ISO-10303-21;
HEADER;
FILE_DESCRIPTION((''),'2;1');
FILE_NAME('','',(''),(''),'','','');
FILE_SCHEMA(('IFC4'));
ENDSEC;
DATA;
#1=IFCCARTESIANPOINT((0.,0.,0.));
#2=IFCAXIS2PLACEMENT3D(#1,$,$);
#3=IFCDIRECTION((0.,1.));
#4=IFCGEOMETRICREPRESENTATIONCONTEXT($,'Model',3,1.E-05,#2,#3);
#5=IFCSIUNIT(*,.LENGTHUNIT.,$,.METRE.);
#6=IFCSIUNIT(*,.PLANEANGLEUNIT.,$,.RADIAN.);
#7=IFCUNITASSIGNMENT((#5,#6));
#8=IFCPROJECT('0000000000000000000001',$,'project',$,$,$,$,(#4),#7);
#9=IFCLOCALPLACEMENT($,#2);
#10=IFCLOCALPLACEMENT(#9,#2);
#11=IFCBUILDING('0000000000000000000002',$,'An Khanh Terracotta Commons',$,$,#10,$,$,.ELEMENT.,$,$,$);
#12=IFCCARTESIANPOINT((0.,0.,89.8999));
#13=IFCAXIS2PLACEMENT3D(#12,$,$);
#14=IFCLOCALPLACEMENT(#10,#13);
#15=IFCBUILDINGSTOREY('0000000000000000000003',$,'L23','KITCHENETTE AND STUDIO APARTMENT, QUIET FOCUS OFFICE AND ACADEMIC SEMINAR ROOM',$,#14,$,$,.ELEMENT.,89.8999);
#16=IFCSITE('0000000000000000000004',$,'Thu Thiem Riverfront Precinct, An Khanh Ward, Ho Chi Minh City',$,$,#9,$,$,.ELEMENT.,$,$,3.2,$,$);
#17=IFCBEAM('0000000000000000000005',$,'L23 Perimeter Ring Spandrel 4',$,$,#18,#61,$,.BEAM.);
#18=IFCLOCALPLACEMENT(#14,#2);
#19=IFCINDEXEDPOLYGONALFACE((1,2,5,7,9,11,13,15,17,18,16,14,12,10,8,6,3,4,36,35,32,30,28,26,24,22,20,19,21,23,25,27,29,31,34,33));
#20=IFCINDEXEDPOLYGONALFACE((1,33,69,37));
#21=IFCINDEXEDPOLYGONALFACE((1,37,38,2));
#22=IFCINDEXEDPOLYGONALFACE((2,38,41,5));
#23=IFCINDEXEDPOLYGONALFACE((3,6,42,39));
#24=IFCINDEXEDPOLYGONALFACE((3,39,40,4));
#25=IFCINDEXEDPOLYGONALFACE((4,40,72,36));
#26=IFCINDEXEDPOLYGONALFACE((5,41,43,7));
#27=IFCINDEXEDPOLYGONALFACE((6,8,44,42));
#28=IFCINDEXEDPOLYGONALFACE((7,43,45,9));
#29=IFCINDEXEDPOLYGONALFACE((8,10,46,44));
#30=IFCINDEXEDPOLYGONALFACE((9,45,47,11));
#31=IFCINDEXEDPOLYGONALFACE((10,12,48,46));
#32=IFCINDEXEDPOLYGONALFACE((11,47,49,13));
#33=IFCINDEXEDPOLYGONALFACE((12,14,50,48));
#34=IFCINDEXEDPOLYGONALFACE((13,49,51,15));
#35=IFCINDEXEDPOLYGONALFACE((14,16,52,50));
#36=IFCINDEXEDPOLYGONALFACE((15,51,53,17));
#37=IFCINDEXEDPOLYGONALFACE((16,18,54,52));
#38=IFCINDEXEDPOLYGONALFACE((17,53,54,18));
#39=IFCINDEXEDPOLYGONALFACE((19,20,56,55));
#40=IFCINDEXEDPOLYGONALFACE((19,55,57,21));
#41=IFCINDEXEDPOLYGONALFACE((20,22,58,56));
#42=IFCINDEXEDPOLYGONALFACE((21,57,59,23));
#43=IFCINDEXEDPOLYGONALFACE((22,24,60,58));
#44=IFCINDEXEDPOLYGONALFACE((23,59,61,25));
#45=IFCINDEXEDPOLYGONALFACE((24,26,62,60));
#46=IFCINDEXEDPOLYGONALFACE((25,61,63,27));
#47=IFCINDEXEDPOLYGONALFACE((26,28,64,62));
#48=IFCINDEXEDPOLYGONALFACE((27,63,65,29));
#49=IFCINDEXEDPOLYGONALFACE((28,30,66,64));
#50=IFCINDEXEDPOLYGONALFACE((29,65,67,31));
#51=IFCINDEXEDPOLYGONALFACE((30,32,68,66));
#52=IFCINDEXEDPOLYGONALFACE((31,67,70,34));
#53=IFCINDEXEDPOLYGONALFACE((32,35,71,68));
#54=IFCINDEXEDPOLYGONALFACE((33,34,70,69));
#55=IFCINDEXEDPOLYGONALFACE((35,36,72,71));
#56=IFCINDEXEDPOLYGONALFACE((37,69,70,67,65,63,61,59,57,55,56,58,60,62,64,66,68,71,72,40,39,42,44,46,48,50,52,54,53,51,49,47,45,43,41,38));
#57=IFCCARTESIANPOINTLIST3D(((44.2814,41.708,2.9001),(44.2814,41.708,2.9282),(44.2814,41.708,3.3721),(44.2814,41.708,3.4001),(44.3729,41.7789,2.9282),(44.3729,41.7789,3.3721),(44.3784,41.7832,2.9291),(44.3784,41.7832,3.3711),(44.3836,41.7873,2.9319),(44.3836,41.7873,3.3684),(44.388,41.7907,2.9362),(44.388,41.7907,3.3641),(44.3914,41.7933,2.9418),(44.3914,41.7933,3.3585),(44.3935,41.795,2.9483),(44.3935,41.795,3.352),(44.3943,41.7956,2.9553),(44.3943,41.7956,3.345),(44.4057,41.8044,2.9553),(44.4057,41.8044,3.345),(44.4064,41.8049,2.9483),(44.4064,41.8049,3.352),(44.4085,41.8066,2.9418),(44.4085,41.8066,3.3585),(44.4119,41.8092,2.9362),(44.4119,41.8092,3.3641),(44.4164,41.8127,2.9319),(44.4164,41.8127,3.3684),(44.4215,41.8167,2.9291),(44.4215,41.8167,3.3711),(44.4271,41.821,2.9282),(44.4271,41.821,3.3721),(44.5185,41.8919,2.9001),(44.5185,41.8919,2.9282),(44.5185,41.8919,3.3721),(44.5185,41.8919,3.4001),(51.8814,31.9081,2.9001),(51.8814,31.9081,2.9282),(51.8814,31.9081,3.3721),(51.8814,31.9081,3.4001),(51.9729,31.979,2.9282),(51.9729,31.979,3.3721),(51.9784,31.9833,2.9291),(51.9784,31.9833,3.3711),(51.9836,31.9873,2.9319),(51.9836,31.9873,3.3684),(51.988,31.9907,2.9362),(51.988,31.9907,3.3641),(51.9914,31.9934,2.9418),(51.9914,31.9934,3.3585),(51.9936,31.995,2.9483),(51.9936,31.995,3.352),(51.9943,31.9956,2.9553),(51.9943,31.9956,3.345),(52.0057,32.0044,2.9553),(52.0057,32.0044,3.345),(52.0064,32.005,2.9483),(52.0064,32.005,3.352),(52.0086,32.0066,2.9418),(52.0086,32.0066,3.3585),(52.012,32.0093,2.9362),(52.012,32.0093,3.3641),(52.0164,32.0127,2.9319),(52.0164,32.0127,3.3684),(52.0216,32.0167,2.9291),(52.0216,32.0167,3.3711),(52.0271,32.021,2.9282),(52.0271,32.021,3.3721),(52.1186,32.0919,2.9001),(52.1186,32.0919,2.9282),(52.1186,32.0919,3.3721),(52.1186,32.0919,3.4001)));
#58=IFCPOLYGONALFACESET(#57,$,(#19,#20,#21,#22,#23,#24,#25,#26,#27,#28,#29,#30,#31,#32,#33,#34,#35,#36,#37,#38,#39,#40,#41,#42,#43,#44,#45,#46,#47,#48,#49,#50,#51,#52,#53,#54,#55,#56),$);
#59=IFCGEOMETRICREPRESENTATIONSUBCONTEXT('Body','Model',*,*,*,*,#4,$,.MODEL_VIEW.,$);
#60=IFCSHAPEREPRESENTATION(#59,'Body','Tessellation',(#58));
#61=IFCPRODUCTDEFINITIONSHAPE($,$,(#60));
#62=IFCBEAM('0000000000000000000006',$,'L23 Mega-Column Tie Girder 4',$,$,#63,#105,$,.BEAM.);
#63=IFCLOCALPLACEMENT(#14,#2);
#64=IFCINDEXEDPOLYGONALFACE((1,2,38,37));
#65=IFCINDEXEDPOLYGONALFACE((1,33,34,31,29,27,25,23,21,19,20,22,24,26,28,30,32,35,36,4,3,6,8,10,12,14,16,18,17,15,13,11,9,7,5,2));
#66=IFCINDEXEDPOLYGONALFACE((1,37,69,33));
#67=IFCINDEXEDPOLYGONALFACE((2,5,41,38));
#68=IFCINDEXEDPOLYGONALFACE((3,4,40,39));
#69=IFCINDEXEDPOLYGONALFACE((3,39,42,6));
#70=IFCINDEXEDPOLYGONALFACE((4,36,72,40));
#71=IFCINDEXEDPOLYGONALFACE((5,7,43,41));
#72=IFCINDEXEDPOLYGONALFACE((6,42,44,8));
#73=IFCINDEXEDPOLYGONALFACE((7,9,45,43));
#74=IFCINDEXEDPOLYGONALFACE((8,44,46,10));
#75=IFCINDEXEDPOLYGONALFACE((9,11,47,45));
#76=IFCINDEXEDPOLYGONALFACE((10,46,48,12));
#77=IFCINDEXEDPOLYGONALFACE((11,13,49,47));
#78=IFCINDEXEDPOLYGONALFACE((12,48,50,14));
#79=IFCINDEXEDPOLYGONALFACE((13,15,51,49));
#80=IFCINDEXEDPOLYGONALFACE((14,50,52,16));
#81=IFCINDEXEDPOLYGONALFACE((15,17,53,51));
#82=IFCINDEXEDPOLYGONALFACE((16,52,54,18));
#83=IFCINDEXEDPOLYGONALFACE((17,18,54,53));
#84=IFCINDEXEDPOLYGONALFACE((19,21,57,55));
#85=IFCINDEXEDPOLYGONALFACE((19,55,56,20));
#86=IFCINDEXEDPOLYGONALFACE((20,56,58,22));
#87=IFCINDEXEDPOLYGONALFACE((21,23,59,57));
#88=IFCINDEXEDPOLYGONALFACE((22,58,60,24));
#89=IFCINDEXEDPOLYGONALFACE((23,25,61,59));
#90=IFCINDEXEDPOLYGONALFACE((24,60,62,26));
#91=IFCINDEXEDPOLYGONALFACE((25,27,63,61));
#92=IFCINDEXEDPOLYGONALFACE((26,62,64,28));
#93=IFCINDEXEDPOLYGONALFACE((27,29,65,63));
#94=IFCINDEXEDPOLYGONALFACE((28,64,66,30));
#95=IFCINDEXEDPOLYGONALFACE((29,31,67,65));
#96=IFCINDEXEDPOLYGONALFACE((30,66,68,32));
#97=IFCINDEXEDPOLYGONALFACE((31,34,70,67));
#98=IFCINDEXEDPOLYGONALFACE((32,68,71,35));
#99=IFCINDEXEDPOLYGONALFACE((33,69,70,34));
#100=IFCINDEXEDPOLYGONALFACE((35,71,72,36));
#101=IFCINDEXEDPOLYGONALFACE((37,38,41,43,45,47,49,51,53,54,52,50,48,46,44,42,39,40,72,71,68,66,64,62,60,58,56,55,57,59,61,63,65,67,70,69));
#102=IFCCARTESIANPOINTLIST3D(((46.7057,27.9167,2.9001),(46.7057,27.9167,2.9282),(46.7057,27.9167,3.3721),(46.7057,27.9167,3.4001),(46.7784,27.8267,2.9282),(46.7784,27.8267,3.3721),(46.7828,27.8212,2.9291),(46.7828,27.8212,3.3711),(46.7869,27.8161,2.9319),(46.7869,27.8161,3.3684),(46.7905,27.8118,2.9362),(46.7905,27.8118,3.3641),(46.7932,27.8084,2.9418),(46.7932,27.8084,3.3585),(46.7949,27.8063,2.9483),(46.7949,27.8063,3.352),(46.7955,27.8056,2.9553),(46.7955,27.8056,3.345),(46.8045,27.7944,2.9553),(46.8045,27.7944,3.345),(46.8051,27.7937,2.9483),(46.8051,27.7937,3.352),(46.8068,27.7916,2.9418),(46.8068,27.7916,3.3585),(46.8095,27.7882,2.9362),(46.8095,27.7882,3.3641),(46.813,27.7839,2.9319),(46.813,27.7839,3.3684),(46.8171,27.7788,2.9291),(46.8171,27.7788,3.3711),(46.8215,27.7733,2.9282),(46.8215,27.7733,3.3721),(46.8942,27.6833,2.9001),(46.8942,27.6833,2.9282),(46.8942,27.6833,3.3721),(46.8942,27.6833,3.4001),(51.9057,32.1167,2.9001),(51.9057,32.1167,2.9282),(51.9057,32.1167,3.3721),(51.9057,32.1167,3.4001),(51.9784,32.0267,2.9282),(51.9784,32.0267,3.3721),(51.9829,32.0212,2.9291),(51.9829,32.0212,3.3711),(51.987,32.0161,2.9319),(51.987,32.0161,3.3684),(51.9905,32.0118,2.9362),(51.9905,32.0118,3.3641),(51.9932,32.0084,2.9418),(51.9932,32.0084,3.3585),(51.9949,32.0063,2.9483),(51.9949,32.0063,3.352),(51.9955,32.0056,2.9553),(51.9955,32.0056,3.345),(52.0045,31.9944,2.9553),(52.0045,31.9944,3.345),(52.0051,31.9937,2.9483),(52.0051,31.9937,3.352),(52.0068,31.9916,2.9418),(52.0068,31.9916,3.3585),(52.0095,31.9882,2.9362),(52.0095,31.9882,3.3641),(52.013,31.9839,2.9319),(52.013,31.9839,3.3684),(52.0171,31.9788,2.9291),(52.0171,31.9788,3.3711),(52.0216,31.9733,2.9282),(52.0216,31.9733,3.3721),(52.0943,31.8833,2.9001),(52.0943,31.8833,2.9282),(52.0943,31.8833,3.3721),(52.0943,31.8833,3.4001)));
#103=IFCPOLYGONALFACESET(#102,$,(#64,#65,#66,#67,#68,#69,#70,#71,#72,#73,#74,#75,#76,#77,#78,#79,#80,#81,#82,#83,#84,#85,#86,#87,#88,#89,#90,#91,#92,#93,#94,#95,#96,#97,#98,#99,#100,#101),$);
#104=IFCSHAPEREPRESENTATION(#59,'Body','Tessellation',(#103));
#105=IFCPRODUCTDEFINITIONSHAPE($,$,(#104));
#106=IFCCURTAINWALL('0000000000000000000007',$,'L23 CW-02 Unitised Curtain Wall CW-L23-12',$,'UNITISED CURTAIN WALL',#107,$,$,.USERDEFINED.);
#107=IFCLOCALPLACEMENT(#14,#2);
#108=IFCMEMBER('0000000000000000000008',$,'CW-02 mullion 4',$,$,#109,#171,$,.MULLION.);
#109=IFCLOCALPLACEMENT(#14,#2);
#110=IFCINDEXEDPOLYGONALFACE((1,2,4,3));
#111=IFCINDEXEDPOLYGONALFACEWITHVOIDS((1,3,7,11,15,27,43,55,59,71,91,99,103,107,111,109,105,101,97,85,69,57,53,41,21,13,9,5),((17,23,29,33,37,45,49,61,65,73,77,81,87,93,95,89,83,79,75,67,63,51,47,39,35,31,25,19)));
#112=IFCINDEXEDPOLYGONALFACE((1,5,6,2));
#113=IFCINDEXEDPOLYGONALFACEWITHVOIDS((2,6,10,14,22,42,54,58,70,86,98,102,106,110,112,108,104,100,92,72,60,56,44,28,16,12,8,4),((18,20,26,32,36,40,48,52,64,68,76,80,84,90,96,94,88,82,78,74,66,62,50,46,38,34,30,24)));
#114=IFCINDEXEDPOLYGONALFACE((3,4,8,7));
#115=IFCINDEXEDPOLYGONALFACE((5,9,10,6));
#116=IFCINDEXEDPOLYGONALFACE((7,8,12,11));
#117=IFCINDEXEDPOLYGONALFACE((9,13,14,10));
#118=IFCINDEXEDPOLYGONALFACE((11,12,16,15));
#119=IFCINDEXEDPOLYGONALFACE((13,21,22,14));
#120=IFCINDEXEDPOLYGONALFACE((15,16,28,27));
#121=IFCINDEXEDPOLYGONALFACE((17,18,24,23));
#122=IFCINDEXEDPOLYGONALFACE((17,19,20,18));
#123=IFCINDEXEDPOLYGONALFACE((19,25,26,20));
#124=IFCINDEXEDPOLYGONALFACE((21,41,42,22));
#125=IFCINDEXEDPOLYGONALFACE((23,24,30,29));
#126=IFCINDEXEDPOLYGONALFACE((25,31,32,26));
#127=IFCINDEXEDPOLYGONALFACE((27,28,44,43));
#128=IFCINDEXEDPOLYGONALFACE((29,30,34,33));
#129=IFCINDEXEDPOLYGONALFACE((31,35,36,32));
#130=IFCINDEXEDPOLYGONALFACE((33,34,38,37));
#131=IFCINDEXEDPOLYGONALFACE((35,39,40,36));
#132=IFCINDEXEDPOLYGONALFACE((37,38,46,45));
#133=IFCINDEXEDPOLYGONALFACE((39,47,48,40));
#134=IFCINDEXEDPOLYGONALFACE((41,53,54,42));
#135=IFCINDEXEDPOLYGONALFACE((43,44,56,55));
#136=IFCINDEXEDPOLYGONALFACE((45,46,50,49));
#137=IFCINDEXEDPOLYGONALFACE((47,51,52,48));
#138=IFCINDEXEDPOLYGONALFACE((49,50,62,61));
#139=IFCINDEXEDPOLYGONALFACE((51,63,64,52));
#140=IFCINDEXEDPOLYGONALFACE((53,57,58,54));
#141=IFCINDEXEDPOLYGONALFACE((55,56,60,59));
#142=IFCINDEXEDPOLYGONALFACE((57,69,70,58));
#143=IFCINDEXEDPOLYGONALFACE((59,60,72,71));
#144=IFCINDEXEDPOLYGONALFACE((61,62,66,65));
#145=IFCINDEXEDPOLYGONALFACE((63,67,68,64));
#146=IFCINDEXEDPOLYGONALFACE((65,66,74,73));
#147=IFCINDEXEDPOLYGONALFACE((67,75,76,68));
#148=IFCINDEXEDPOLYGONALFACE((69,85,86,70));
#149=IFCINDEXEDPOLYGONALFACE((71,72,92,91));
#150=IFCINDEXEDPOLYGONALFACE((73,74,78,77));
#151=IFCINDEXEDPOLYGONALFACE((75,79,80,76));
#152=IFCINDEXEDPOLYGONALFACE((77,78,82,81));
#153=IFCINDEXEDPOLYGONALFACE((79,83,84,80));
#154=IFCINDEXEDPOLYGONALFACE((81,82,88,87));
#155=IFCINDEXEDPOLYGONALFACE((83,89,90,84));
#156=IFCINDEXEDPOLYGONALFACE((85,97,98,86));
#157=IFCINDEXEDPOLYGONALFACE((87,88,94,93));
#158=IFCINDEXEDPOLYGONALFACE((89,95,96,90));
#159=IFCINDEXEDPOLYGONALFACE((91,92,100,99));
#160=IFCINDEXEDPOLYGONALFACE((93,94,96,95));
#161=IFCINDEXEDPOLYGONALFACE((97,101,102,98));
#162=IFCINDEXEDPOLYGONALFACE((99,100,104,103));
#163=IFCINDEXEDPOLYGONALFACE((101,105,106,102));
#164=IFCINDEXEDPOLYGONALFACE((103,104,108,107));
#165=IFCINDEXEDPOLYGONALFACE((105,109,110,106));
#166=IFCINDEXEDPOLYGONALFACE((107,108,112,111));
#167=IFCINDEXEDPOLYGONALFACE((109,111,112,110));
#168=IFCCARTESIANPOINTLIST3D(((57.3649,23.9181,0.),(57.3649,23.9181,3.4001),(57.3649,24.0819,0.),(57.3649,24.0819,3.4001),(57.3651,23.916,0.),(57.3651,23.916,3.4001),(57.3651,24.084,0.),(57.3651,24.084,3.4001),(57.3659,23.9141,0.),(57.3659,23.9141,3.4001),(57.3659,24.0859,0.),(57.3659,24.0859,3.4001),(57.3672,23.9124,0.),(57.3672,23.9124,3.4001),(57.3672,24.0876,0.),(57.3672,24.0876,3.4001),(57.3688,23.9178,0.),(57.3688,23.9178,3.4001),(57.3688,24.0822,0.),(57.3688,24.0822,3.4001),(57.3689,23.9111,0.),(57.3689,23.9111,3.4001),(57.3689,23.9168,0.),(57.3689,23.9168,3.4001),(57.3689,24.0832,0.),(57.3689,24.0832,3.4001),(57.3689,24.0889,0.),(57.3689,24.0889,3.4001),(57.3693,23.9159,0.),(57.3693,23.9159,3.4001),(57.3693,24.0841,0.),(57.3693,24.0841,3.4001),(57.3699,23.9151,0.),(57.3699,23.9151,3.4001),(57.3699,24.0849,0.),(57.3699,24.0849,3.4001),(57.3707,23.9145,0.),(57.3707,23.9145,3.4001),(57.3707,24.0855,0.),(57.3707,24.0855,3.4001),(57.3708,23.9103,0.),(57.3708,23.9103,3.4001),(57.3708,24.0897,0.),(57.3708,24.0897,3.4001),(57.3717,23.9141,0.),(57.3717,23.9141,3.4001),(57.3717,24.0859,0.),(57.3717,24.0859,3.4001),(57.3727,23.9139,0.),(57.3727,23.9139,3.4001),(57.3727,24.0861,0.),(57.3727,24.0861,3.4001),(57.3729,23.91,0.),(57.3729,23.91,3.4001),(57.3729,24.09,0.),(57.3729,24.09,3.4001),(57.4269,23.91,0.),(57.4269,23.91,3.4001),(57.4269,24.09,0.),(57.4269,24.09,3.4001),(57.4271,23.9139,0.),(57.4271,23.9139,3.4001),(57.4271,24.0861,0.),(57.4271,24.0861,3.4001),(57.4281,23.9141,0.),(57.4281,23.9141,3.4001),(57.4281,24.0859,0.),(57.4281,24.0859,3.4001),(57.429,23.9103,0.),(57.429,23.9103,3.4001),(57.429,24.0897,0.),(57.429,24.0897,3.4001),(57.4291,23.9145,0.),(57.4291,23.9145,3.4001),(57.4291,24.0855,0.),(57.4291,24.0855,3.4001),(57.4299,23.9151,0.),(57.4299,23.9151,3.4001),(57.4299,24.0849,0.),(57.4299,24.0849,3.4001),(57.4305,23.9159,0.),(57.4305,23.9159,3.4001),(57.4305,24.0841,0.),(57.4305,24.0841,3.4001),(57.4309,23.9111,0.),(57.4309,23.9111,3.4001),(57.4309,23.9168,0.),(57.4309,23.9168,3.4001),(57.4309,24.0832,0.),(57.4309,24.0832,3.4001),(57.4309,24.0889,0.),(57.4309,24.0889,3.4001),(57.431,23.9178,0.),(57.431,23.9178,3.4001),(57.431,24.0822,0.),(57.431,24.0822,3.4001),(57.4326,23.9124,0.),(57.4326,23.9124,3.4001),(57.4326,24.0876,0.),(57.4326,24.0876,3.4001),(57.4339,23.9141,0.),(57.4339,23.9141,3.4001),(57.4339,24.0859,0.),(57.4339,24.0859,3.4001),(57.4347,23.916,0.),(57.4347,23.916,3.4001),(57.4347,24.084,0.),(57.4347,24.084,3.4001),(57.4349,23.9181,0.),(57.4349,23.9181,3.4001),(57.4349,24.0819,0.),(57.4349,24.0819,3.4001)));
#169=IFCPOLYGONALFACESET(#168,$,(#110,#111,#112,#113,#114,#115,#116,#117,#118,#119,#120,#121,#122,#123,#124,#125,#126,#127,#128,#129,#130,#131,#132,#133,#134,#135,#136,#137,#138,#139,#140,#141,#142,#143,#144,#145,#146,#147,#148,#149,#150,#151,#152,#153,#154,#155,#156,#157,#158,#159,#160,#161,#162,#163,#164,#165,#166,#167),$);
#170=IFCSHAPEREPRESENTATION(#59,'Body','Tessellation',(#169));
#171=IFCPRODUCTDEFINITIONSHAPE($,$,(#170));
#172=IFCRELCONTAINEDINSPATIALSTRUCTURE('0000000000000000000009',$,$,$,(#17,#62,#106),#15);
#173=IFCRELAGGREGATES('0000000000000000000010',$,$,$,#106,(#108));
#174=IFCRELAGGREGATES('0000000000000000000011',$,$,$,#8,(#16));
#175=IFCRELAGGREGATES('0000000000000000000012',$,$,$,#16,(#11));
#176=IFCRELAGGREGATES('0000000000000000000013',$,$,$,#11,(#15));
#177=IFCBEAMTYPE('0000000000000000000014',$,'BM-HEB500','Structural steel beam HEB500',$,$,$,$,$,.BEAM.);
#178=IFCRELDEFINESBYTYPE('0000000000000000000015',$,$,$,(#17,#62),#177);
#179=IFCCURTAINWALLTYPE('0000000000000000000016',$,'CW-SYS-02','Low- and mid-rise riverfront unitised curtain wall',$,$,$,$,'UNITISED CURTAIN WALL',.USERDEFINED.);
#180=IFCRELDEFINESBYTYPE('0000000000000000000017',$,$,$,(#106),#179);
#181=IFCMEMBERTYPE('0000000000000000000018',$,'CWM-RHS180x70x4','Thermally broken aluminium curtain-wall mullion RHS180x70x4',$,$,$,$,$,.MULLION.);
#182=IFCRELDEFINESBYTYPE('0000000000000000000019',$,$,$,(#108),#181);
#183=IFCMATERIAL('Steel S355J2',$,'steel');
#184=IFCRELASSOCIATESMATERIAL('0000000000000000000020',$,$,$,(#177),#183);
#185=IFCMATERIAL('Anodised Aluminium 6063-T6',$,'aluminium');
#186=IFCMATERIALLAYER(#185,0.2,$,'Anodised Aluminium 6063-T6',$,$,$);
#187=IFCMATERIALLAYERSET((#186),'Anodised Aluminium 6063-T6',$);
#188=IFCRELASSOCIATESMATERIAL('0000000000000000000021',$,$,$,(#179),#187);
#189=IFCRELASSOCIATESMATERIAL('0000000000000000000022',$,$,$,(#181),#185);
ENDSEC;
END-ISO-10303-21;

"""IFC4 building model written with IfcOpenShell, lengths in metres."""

from ifc_helpers import new_model, si_unit, direction, frame, origin, origin_2d, place, context, subcontext, project, spatial, hollow_rectangle, i_section, extrude, material, layer, layer_set, material_profile, profile_set, type_object, element, aggregate, save


model = new_model("IFC4")

# Units and contexts
model_context = context("Model", 3, precision=1e-05, world=origin(), true_north=direction((0.0, 1.0)))
body_context = subcontext(model_context, "Body", "Model", "MODEL_VIEW")
ifc_project = project(units=[si_unit("LENGTHUNIT", "METRE"), si_unit("PLANEANGLEUNIT", "RADIAN")], contexts=[model_context])

# Site, building, storey
site_placement = place(None, origin())
site = spatial("IfcSite", under=ifc_project, at=site_placement, Name="Thu Thiem Riverfront Precinct, An Khanh Ward, Ho Chi Minh City", CompositionType="ELEMENT", RefElevation=3.2)
building_placement = place(site_placement, origin())
building = spatial("IfcBuilding", under=site, at=building_placement, Name="An Khanh Terracotta Commons", CompositionType="ELEMENT")
storey_placement = place(building_placement, frame((0.0, 0.0, 89.8999)))
storey = spatial("IfcBuildingStorey", under=building, at=storey_placement, Name="L23", Description="KITCHENETTE AND STUDIO APARTMENT, QUIET FOCUS OFFICE AND ACADEMIC SEMINAR ROOM", CompositionType="ELEMENT", Elevation=89.8999)

# Beams
ifc_material_1 = material(Name="Steel S355J2", Category="steel")
ifc_material_profile_1 = material_profile(ifc_material_1, i_section(OverallWidth=0.3, OverallDepth=0.5, WebThickness=0.0144, FlangeThickness=0.0281, FilletRadius=0.0271, at=origin_2d()), Name="HEB500")
ifc_profile_set_1 = profile_set([ifc_material_profile_1], Name="Steel S355J2")
beam_type = type_object("IfcBeamType", Name="BM-HEB500", Description="Structural steel beam HEB500", PredefinedType="BEAM", material=ifc_profile_set_1)
beam_1_placement = place(storey_placement, frame((52.0, 32.0, 3.1501), z_axis=(-0.612827, 0.790217, 0.0), x_axis=(-0.790217, -0.612827, 0.0)))
element("IfcBeam", 1, at=beam_1_placement, inside=storey, type_object=beam_type, Name="L23 Perimeter Ring Spandrel 4", PredefinedType="BEAM", context=body_context, shape_type="SweptSolid", body=[
    extrude(i_section(OverallWidth=0.3, OverallDepth=0.5, WebThickness=0.0144, FlangeThickness=0.0281, FilletRadius=0.0271, at=origin_2d()), origin(), (0.0, 0.0, 1.0), 12.4016),
])
beam_2_placement = place(storey_placement, frame((52.0, 32.0, 3.1501), z_axis=(-0.777942, -0.628336, 0.0), x_axis=(0.628336, -0.777942, 0.0)))
element("IfcBeam", 2, at=beam_2_placement, inside=storey, type_object=beam_type, Name="L23 Mega-Column Tie Girder 4", PredefinedType="BEAM", context=body_context, shape_type="SweptSolid", body=[
    extrude(i_section(OverallWidth=0.3, OverallDepth=0.5, WebThickness=0.0144, FlangeThickness=0.0281, FilletRadius=0.0271, at=origin_2d()), origin(), (0.0, 0.0, 1.0), 6.6843),
])

# Curtain wall, member
ifc_material_2 = material(Name="Anodised Aluminium 6063-T6", Category="aluminium")
ifc_layer_1 = layer(ifc_material_2, 0.2, Name="Anodised Aluminium 6063-T6")
ifc_layer_set_1 = layer_set([ifc_layer_1], Name="Anodised Aluminium 6063-T6")
curtain_wall_type = type_object("IfcCurtainWallType", Name="CW-SYS-02", Description="Low- and mid-rise riverfront unitised curtain wall", ElementType="UNITISED CURTAIN WALL", PredefinedType="USERDEFINED", material=ifc_layer_set_1)
curtain_wall_1_placement = place(storey_placement, origin())
curtain_wall_1 = element("IfcCurtainWall", 3, at=curtain_wall_1_placement, inside=storey, type_object=curtain_wall_type, Name="L23 CW-02 Unitised Curtain Wall CW-L23-12", ObjectType="UNITISED CURTAIN WALL", PredefinedType="USERDEFINED")
ifc_material_profile_2 = material_profile(ifc_material_2, hollow_rectangle(XDim=0.0701, YDim=0.1799, WallThickness=0.0039, InnerFilletRadius=0.0039, OuterFilletRadius=0.0081, at=origin_2d()), Name="RHS180x70x4")
ifc_profile_set_2 = profile_set([ifc_material_profile_2], Name="Anodised Aluminium 6063-T6")
member_type_1 = type_object("IfcMemberType", Name="CWM-RHS180x70x4", Description="Thermally broken aluminium curtain-wall mullion RHS180x70x4", PredefinedType="MULLION", material=ifc_profile_set_2)
member_1_placement = place(storey_placement, frame((57.3999, 24.0, 0.0), z_axis=(0.0, 0.0, 1.0), x_axis=(-1.0, 0.0, 0.0)))
member_1 = element("IfcMember", 4, at=member_1_placement, type_object=member_type_1, Name="CW-02 mullion 4", PredefinedType="MULLION", context=body_context, shape_type="SweptSolid", body=[
    extrude(hollow_rectangle(XDim=0.0701, YDim=0.1799, WallThickness=0.0039, InnerFilletRadius=0.0039, OuterFilletRadius=0.0081, at=origin_2d()), origin(), (0.0, 0.0, 1.0), 3.4001),
])

aggregate(curtain_wall_1, [member_1])

save(model, "model.ifc")
